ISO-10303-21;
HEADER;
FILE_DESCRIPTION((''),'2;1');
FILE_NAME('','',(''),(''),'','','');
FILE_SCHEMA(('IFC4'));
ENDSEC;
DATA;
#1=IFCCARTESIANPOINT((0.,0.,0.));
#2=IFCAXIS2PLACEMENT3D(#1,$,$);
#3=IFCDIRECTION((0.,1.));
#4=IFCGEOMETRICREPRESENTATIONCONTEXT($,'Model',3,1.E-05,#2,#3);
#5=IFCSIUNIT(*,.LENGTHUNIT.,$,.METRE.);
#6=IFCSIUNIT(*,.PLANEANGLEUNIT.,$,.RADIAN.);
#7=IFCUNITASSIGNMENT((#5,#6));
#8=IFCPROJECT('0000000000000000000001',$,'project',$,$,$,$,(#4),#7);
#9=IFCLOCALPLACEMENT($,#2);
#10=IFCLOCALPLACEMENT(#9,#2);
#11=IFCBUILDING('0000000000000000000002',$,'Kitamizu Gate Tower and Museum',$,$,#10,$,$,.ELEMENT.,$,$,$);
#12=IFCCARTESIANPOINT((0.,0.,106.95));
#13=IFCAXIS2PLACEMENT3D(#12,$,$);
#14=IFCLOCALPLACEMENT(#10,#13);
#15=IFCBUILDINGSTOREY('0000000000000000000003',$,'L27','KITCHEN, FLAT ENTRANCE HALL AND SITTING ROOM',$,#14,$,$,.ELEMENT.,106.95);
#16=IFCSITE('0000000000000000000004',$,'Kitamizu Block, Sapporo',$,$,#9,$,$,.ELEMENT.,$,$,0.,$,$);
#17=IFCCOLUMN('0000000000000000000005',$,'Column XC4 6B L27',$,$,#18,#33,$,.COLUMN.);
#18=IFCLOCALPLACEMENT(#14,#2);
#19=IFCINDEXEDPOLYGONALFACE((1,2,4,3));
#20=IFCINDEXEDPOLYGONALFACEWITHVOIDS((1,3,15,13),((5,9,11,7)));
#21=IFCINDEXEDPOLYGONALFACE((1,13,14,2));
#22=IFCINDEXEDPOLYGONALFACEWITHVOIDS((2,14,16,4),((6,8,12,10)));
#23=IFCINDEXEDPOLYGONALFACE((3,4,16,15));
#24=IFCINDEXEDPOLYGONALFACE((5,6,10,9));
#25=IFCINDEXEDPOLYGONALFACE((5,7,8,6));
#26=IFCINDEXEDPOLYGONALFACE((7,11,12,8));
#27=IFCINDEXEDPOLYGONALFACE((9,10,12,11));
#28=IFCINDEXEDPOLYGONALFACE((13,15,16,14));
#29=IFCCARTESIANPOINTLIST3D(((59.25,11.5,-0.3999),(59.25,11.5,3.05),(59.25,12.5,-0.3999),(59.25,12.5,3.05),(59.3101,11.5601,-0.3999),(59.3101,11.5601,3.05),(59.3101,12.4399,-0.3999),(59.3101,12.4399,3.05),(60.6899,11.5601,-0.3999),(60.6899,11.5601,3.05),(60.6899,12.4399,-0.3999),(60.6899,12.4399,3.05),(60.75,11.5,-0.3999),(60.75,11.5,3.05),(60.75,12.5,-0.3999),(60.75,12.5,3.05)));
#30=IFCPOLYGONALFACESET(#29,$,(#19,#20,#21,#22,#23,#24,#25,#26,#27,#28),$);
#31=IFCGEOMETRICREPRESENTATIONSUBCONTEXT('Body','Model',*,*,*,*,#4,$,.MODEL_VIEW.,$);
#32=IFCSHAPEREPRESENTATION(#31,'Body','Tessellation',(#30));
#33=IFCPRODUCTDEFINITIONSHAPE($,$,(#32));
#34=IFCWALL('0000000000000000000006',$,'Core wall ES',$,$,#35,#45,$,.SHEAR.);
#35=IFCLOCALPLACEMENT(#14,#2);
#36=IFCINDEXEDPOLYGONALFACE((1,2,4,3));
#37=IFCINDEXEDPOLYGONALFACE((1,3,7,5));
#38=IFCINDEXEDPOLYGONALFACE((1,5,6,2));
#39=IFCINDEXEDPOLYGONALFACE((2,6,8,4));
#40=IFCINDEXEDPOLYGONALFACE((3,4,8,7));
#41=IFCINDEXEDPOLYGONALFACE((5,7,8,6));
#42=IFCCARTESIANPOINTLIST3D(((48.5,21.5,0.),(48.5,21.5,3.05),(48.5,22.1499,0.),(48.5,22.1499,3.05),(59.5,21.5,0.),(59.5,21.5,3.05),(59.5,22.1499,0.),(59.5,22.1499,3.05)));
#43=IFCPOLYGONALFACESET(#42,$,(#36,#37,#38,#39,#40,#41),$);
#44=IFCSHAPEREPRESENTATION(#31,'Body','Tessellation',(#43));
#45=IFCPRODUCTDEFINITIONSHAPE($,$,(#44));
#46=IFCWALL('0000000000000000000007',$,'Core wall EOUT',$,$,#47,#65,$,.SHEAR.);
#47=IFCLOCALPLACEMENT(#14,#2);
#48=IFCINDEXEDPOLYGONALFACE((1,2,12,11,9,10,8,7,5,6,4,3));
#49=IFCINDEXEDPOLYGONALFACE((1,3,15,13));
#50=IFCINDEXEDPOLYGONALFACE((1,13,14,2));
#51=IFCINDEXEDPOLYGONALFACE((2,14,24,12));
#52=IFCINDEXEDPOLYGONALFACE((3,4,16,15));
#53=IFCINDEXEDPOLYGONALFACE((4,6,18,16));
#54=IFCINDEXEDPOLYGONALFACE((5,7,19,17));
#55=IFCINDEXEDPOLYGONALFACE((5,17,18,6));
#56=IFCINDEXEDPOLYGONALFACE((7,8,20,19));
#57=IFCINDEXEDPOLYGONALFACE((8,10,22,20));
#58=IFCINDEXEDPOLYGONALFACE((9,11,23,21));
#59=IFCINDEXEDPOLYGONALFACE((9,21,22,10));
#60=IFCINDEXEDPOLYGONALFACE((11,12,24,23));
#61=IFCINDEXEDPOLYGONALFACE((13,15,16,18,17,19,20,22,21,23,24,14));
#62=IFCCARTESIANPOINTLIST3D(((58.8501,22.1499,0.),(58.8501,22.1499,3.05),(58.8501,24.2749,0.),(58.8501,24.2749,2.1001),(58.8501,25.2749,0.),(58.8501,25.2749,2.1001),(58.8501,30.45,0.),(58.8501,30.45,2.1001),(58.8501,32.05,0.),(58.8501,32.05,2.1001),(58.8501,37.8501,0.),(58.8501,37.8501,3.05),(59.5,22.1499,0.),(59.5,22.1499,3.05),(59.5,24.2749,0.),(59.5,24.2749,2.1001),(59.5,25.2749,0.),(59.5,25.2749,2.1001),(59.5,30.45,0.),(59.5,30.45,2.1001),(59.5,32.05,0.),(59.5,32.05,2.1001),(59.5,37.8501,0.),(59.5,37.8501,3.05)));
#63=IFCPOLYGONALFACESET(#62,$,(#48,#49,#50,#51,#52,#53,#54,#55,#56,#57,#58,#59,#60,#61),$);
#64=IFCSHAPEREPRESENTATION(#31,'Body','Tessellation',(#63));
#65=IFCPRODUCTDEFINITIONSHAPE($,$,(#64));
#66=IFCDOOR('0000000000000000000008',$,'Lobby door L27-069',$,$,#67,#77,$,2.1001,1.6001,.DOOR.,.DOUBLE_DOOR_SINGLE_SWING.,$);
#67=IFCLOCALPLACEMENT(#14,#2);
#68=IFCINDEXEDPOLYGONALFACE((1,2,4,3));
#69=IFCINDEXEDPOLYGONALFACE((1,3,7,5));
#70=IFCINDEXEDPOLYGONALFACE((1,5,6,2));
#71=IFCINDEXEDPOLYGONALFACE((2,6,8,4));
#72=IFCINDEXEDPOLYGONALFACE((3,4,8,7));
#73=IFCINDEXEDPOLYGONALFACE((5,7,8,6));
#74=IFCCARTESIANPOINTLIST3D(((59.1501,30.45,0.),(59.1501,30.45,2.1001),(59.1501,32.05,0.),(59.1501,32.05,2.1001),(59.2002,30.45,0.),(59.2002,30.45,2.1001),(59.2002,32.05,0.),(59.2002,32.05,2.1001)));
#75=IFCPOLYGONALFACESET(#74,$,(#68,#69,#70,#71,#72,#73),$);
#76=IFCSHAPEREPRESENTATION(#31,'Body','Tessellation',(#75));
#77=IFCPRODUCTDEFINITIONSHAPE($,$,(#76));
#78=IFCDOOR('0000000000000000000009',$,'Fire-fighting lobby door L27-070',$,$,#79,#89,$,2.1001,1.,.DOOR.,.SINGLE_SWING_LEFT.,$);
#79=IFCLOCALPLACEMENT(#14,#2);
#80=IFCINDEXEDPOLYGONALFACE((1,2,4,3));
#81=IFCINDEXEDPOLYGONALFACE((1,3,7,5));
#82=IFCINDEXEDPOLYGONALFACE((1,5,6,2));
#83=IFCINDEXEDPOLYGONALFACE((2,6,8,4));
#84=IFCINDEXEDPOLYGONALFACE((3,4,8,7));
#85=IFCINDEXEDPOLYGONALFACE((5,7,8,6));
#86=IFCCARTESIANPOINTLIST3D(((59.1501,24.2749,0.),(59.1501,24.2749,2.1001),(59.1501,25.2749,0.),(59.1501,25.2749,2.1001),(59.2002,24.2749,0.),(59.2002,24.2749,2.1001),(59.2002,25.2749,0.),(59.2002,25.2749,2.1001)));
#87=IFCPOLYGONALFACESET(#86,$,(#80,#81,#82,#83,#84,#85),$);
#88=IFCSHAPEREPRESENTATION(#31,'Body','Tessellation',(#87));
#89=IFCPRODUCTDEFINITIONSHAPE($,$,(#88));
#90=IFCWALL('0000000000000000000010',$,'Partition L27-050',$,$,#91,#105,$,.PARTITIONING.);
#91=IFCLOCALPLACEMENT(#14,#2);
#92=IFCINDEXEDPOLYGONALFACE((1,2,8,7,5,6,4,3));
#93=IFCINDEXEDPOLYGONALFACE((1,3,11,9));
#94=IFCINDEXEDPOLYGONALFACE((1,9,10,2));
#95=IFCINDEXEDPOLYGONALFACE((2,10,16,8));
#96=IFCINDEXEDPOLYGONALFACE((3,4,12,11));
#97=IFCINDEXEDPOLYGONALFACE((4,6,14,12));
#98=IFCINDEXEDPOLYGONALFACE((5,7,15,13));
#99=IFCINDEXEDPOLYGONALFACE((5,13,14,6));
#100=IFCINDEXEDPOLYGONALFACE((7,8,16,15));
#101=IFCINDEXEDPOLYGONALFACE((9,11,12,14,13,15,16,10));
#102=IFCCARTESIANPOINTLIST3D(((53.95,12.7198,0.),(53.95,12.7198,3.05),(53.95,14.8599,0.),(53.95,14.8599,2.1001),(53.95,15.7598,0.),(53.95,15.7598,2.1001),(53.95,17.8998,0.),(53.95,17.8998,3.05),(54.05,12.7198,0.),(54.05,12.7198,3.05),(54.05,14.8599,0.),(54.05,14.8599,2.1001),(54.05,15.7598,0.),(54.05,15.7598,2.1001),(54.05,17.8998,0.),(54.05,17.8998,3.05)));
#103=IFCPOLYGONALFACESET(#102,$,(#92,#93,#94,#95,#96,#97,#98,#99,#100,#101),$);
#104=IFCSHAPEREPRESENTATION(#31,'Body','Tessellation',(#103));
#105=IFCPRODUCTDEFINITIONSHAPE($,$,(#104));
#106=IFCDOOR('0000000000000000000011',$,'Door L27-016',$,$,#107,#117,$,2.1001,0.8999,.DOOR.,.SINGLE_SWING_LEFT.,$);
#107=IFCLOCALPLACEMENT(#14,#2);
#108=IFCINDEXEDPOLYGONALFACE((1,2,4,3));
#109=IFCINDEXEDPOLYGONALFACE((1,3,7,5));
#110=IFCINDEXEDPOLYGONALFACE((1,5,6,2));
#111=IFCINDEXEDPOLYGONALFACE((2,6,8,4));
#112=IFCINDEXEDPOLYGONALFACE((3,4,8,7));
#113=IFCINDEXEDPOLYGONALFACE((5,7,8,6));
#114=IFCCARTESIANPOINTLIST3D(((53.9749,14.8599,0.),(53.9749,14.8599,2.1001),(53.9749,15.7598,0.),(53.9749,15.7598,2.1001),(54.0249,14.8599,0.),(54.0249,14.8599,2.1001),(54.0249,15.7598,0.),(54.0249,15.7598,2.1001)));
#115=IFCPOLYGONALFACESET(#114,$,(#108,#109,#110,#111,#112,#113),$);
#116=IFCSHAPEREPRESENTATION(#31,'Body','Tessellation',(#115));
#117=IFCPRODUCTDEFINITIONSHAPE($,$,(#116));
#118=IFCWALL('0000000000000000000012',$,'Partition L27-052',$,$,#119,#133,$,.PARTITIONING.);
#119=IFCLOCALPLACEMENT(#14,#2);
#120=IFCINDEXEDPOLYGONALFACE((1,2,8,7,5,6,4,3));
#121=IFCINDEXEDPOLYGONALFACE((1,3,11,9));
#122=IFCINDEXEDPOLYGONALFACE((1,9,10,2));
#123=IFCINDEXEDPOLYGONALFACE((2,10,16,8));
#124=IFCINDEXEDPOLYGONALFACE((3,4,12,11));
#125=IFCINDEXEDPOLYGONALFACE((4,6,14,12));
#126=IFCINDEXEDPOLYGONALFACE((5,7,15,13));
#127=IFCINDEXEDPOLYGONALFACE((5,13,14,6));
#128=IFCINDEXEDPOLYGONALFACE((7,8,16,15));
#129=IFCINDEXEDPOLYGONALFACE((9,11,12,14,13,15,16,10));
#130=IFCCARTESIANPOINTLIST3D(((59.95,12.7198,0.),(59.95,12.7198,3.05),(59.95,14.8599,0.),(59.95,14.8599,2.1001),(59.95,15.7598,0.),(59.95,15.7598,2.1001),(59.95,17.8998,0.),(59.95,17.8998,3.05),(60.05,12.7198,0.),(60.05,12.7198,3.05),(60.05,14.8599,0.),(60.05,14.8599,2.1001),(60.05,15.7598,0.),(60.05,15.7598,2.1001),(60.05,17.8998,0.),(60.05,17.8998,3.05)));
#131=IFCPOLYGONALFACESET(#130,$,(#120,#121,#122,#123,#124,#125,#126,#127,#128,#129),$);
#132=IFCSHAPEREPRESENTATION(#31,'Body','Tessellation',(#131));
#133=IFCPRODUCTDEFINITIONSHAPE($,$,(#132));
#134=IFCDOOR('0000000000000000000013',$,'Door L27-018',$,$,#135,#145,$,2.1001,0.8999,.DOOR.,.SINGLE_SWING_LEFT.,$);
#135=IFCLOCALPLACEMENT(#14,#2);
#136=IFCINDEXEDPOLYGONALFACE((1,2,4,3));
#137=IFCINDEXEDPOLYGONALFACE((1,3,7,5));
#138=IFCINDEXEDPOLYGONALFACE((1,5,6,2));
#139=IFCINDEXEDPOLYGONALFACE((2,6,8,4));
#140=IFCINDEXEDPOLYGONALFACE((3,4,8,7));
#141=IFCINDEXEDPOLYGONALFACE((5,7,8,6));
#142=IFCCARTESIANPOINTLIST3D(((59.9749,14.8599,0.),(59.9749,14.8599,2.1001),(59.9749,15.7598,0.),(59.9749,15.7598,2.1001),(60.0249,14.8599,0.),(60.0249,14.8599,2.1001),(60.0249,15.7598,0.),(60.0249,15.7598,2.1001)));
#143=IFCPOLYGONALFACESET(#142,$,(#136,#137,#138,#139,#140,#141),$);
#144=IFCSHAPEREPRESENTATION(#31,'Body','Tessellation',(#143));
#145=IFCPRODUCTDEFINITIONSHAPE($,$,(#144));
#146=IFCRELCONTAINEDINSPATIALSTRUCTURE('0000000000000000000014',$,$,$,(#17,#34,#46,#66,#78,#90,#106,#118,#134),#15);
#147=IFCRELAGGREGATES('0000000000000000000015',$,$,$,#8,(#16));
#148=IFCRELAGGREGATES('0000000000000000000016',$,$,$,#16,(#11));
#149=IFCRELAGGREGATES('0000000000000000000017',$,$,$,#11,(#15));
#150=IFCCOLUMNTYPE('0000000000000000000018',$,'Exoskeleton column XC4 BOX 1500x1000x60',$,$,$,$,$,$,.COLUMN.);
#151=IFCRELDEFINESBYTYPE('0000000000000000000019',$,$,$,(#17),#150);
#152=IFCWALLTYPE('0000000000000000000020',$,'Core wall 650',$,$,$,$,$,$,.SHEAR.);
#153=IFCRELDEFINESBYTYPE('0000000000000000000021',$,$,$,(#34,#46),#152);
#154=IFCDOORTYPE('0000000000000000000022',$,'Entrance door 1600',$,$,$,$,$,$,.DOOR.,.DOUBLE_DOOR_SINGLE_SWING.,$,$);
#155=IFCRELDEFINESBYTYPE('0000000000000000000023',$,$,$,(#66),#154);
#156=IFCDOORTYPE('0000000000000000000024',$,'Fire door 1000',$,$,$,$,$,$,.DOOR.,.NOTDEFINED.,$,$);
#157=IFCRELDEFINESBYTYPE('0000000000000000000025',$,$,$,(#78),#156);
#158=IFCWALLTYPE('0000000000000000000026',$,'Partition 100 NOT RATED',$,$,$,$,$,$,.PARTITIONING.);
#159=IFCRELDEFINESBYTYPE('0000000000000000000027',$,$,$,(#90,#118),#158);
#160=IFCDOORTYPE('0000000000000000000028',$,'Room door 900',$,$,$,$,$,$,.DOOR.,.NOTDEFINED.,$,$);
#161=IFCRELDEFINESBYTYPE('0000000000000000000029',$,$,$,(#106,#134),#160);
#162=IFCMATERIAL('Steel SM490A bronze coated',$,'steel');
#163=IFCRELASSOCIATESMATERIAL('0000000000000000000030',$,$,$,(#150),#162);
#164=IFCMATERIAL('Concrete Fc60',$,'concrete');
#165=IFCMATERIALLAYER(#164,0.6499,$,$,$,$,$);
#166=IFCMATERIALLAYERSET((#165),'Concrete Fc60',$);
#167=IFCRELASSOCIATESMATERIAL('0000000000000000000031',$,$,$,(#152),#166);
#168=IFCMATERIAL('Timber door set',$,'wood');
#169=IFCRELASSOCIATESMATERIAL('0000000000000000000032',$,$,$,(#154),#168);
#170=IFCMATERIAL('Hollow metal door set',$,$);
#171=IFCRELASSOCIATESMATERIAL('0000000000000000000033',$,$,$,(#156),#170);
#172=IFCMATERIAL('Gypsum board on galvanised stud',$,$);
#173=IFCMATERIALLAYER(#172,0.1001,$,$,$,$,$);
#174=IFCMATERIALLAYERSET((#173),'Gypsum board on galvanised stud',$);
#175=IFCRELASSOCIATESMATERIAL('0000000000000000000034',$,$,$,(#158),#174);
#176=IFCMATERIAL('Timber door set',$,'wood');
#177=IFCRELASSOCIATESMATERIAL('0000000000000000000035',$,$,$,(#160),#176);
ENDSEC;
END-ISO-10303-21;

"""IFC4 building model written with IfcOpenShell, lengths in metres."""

from ifc_helpers import new_model, si_unit, direction, frame, frame_2d, origin, origin_2d, place, context, subcontext, project, spatial, rectangle, hollow_rectangle, extrude, material, layer, layer_set, material_profile, profile_set, type_object, element, fill, save


model = new_model("IFC4")

# Units and contexts
model_context = context("Model", 3, precision=1e-05, world=origin(), true_north=direction((0.0, 1.0)))
body_context = subcontext(model_context, "Body", "Model", "MODEL_VIEW")
ifc_project = project(units=[si_unit("LENGTHUNIT", "METRE"), si_unit("PLANEANGLEUNIT", "RADIAN")], contexts=[model_context])

# Site, building, storey
site_placement = place(None, origin())
site = spatial("IfcSite", under=ifc_project, at=site_placement, Name="Kitamizu Block, Sapporo", CompositionType="ELEMENT", RefElevation=0.0)
building_placement = place(site_placement, origin())
building = spatial("IfcBuilding", under=site, at=building_placement, Name="Kitamizu Gate Tower and Museum", CompositionType="ELEMENT")
storey_placement = place(building_placement, frame((0.0, 0.0, 106.95)))
storey = spatial("IfcBuildingStorey", under=building, at=storey_placement, Name="L27", Description="KITCHEN, FLAT ENTRANCE HALL AND SITTING ROOM", CompositionType="ELEMENT", Elevation=106.95)

# Column
ifc_material_1 = material(Name="Steel SM490A bronze coated", Category="steel")
ifc_material_profile = material_profile(ifc_material_1, hollow_rectangle(XDim=1.5, YDim=1.0, WallThickness=0.0601, at=origin_2d()), Name="BOX 1500x1000x60")
ifc_profile_set = profile_set([ifc_material_profile], Name="Steel SM490A bronze coated")
column_type = type_object("IfcColumnType", Name="Exoskeleton column XC4 BOX 1500x1000x60", PredefinedType="COLUMN", material=ifc_profile_set)
column_placement = place(storey_placement, frame((60.0, 12.0, -0.3999), z_axis=(0.0, 0.0, 1.0), x_axis=(1.0, 0.0, 0.0)))
element("IfcColumn", 1, at=column_placement, inside=storey, type_object=column_type, Name="Column XC4 6B L27", PredefinedType="COLUMN", context=body_context, shape_type="SweptSolid", body=[
    extrude(hollow_rectangle(XDim=1.5, YDim=1.0, WallThickness=0.0601, at=origin_2d()), origin(), (0.0, 0.0, 1.0), 3.45),
])

# Wall
ifc_material_2 = material(Name="Concrete Fc60", Category="concrete")
ifc_layer_1 = layer(ifc_material_2, 0.6499)
ifc_layer_set_1 = layer_set([ifc_layer_1], Name="Concrete Fc60")
wall_type_1 = type_object("IfcWallType", Name="Core wall 650", PredefinedType="SHEAR", material=ifc_layer_set_1)
wall_1_placement = place(storey_placement, frame((59.5, 21.825, 0.0), z_axis=(0.0, 0.0, 1.0), x_axis=(-1.0, 0.0, 0.0)))
element("IfcWall", 2, at=wall_1_placement, inside=storey, type_object=wall_type_1, Name="Core wall ES", PredefinedType="SHEAR", context=body_context, shape_type="SweptSolid", body=[
    extrude(rectangle(XDim=11.0, YDim=0.6499, at=frame_2d((5.5, 0.0))), origin(), (0.0, 0.0, 1.0), 3.05),
])

# Wall, openings, doors
wall_2_placement = place(storey_placement, frame((59.175, 22.1499, 0.0), z_axis=(0.0, 0.0, 1.0), x_axis=(0.0, 1.0, 0.0)))
wall_2 = element("IfcWall", 3, at=wall_2_placement, inside=storey, type_object=wall_type_1, Name="Core wall EOUT", PredefinedType="SHEAR", context=body_context, shape_type="SweptSolid", body=[
    extrude(rectangle(XDim=15.7002, YDim=0.6499, at=frame_2d((7.8501, 0.0))), origin(), (0.0, 0.0, 1.0), 3.05),
])
opening_1_placement = place(wall_2_placement, frame((8.3, 0.0, 0.0)))
opening_1 = element("IfcOpeningElement", 4, at=opening_1_placement, cuts=wall_2, PredefinedType="OPENING", context=body_context, shape_type="SweptSolid", body=[
    extrude(rectangle(XDim=1.6001, YDim=2.1001, at=frame_2d((0.8, 1.05))), frame((0.0, 0.335, 0.0), z_axis=(0.0, -1.0, 0.0), x_axis=(1.0, 0.0, 0.0)), (0.0, 0.0, 1.0), 0.6699),
])
opening_2_placement = place(wall_2_placement, frame((2.125, 0.0, 0.0)))
opening_2 = element("IfcOpeningElement", 5, at=opening_2_placement, cuts=wall_2, PredefinedType="OPENING", context=body_context, shape_type="SweptSolid", body=[
    extrude(rectangle(XDim=1.0, YDim=2.1001, at=frame_2d((0.5, 1.05))), frame((0.0, 0.335, 0.0), z_axis=(0.0, -1.0, 0.0), x_axis=(1.0, 0.0, 0.0)), (0.0, 0.0, 1.0), 0.6699),
])
ifc_material_3 = material(Name="Timber door set", Category="wood")
door_type_1 = type_object("IfcDoorType", Name="Entrance door 1600", OperationType="DOUBLE_DOOR_SINGLE_SWING", PredefinedType="DOOR", material=ifc_material_3)
door_1_placement = place(opening_1_placement, origin())
door_1 = element("IfcDoor", 6, at=door_1_placement, inside=storey, type_object=door_type_1, Name="Lobby door L27-069", OperationType="DOUBLE_DOOR_SINGLE_SWING", OverallHeight=2.1001, OverallWidth=1.6001, PredefinedType="DOOR", context=body_context, shape_type="SweptSolid", body=[
    extrude(rectangle(XDim=1.6001, YDim=2.1001, at=frame_2d((0.8, 1.05))), frame((0.0, 0.0249, 0.0), z_axis=(0.0, -1.0, 0.0), x_axis=(1.0, 0.0, 0.0)), (0.0, 0.0, 1.0), 0.05),
])
fill(opening_1, door_1)
ifc_material_4 = material(Name="Hollow metal door set")
door_type_2 = type_object("IfcDoorType", Name="Fire door 1000", OperationType="NOTDEFINED", PredefinedType="DOOR", material=ifc_material_4)
door_2_placement = place(opening_2_placement, origin())
door_2 = element("IfcDoor", 7, at=door_2_placement, inside=storey, type_object=door_type_2, Name="Fire-fighting lobby door L27-070", OperationType="SINGLE_SWING_LEFT", OverallHeight=2.1001, OverallWidth=1.0, PredefinedType="DOOR", context=body_context, shape_type="SweptSolid", body=[
    extrude(rectangle(XDim=1.0, YDim=2.1001, at=frame_2d((0.5, 1.05))), frame((0.0, 0.0249, 0.0), z_axis=(0.0, -1.0, 0.0), x_axis=(1.0, 0.0, 0.0)), (0.0, 0.0, 1.0), 0.05),
])
fill(opening_2, door_2)

# Walls, openings, doors
ifc_material_5 = material(Name="Gypsum board on galvanised stud")
ifc_layer_2 = layer(ifc_material_5, 0.1001)
ifc_layer_set_2 = layer_set([ifc_layer_2], Name="Gypsum board on galvanised stud")
wall_type_2 = type_object("IfcWallType", Name="Partition 100 NOT RATED", PredefinedType="PARTITIONING", material=ifc_layer_set_2)
wall_3_placement = place(storey_placement, frame((54.0, 12.72, 0.0), z_axis=(0.0, 0.0, 1.0), x_axis=(0.0, 1.0, 0.0)))
wall_3 = element("IfcWall", 8, at=wall_3_placement, inside=storey, type_object=wall_type_2, Name="Partition L27-050", PredefinedType="PARTITIONING", context=body_context, shape_type="SweptSolid", body=[
    extrude(rectangle(XDim=5.1799, YDim=0.1001, at=frame_2d((2.5898, 0.0))), origin(), (0.0, 0.0, 1.0), 3.05),
])
opening_3_placement = place(wall_3_placement, frame((2.1399, 0.0, 0.0)))
opening_3 = element("IfcOpeningElement", 9, at=opening_3_placement, cuts=wall_3, PredefinedType="OPENING", context=body_context, shape_type="SweptSolid", body=[
    extrude(rectangle(XDim=0.8999, YDim=2.1001, at=frame_2d((0.45, 1.05))), frame((0.0, 0.0601, 0.0), z_axis=(0.0, -1.0, 0.0), x_axis=(1.0, 0.0, 0.0)), (0.0, 0.0, 1.0), 0.1201),
])
ifc_material_6 = material(Name="Timber door set", Category="wood")
door_type_3 = type_object("IfcDoorType", Name="Room door 900", OperationType="NOTDEFINED", PredefinedType="DOOR", material=ifc_material_6)
door_3_placement = place(opening_3_placement, frame((0.8999, 0.0, 0.0), x_axis=(-1.0, 0.0, 0.0)))
door_3 = element("IfcDoor", 10, at=door_3_placement, inside=storey, type_object=door_type_3, Name="Door L27-016", OperationType="SINGLE_SWING_LEFT", OverallHeight=2.1001, OverallWidth=0.8999, PredefinedType="DOOR", context=body_context, shape_type="SweptSolid", body=[
    extrude(rectangle(XDim=0.8999, YDim=2.1001, at=frame_2d((0.45, 1.05))), frame((0.0, 0.0249, 0.0), z_axis=(0.0, -1.0, 0.0), x_axis=(1.0, 0.0, 0.0)), (0.0, 0.0, 1.0), 0.05),
])
fill(opening_3, door_3)
wall_4_placement = place(storey_placement, frame((60.0, 12.72, 0.0), z_axis=(0.0, 0.0, 1.0), x_axis=(0.0, 1.0, 0.0)))
wall_4 = element("IfcWall", 11, at=wall_4_placement, inside=storey, type_object=wall_type_2, Name="Partition L27-052", PredefinedType="PARTITIONING", context=body_context, shape_type="SweptSolid", body=[
    extrude(rectangle(XDim=5.1799, YDim=0.1001, at=frame_2d((2.5898, 0.0))), origin(), (0.0, 0.0, 1.0), 3.05),
])
opening_4_placement = place(wall_4_placement, frame((2.1399, 0.0, 0.0)))
opening_4 = element("IfcOpeningElement", 12, at=opening_4_placement, cuts=wall_4, PredefinedType="OPENING", context=body_context, shape_type="SweptSolid", body=[
    extrude(rectangle(XDim=0.8999, YDim=2.1001, at=frame_2d((0.45, 1.05))), frame((0.0, 0.0601, 0.0), z_axis=(0.0, -1.0, 0.0), x_axis=(1.0, 0.0, 0.0)), (0.0, 0.0, 1.0), 0.1201),
])
door_4_placement = place(opening_4_placement, frame((0.8999, 0.0, 0.0), x_axis=(-1.0, 0.0, 0.0)))
door_4 = element("IfcDoor", 13, at=door_4_placement, inside=storey, type_object=door_type_3, Name="Door L27-018", OperationType="SINGLE_SWING_LEFT", OverallHeight=2.1001, OverallWidth=0.8999, PredefinedType="DOOR", context=body_context, shape_type="SweptSolid", body=[
    extrude(rectangle(XDim=0.8999, YDim=2.1001, at=frame_2d((0.45, 1.05))), frame((0.0, 0.0249, 0.0), z_axis=(0.0, -1.0, 0.0), x_axis=(1.0, 0.0, 0.0)), (0.0, 0.0, 1.0), 0.05),
])
fill(opening_4, door_4)

save(model, "model.ifc")
